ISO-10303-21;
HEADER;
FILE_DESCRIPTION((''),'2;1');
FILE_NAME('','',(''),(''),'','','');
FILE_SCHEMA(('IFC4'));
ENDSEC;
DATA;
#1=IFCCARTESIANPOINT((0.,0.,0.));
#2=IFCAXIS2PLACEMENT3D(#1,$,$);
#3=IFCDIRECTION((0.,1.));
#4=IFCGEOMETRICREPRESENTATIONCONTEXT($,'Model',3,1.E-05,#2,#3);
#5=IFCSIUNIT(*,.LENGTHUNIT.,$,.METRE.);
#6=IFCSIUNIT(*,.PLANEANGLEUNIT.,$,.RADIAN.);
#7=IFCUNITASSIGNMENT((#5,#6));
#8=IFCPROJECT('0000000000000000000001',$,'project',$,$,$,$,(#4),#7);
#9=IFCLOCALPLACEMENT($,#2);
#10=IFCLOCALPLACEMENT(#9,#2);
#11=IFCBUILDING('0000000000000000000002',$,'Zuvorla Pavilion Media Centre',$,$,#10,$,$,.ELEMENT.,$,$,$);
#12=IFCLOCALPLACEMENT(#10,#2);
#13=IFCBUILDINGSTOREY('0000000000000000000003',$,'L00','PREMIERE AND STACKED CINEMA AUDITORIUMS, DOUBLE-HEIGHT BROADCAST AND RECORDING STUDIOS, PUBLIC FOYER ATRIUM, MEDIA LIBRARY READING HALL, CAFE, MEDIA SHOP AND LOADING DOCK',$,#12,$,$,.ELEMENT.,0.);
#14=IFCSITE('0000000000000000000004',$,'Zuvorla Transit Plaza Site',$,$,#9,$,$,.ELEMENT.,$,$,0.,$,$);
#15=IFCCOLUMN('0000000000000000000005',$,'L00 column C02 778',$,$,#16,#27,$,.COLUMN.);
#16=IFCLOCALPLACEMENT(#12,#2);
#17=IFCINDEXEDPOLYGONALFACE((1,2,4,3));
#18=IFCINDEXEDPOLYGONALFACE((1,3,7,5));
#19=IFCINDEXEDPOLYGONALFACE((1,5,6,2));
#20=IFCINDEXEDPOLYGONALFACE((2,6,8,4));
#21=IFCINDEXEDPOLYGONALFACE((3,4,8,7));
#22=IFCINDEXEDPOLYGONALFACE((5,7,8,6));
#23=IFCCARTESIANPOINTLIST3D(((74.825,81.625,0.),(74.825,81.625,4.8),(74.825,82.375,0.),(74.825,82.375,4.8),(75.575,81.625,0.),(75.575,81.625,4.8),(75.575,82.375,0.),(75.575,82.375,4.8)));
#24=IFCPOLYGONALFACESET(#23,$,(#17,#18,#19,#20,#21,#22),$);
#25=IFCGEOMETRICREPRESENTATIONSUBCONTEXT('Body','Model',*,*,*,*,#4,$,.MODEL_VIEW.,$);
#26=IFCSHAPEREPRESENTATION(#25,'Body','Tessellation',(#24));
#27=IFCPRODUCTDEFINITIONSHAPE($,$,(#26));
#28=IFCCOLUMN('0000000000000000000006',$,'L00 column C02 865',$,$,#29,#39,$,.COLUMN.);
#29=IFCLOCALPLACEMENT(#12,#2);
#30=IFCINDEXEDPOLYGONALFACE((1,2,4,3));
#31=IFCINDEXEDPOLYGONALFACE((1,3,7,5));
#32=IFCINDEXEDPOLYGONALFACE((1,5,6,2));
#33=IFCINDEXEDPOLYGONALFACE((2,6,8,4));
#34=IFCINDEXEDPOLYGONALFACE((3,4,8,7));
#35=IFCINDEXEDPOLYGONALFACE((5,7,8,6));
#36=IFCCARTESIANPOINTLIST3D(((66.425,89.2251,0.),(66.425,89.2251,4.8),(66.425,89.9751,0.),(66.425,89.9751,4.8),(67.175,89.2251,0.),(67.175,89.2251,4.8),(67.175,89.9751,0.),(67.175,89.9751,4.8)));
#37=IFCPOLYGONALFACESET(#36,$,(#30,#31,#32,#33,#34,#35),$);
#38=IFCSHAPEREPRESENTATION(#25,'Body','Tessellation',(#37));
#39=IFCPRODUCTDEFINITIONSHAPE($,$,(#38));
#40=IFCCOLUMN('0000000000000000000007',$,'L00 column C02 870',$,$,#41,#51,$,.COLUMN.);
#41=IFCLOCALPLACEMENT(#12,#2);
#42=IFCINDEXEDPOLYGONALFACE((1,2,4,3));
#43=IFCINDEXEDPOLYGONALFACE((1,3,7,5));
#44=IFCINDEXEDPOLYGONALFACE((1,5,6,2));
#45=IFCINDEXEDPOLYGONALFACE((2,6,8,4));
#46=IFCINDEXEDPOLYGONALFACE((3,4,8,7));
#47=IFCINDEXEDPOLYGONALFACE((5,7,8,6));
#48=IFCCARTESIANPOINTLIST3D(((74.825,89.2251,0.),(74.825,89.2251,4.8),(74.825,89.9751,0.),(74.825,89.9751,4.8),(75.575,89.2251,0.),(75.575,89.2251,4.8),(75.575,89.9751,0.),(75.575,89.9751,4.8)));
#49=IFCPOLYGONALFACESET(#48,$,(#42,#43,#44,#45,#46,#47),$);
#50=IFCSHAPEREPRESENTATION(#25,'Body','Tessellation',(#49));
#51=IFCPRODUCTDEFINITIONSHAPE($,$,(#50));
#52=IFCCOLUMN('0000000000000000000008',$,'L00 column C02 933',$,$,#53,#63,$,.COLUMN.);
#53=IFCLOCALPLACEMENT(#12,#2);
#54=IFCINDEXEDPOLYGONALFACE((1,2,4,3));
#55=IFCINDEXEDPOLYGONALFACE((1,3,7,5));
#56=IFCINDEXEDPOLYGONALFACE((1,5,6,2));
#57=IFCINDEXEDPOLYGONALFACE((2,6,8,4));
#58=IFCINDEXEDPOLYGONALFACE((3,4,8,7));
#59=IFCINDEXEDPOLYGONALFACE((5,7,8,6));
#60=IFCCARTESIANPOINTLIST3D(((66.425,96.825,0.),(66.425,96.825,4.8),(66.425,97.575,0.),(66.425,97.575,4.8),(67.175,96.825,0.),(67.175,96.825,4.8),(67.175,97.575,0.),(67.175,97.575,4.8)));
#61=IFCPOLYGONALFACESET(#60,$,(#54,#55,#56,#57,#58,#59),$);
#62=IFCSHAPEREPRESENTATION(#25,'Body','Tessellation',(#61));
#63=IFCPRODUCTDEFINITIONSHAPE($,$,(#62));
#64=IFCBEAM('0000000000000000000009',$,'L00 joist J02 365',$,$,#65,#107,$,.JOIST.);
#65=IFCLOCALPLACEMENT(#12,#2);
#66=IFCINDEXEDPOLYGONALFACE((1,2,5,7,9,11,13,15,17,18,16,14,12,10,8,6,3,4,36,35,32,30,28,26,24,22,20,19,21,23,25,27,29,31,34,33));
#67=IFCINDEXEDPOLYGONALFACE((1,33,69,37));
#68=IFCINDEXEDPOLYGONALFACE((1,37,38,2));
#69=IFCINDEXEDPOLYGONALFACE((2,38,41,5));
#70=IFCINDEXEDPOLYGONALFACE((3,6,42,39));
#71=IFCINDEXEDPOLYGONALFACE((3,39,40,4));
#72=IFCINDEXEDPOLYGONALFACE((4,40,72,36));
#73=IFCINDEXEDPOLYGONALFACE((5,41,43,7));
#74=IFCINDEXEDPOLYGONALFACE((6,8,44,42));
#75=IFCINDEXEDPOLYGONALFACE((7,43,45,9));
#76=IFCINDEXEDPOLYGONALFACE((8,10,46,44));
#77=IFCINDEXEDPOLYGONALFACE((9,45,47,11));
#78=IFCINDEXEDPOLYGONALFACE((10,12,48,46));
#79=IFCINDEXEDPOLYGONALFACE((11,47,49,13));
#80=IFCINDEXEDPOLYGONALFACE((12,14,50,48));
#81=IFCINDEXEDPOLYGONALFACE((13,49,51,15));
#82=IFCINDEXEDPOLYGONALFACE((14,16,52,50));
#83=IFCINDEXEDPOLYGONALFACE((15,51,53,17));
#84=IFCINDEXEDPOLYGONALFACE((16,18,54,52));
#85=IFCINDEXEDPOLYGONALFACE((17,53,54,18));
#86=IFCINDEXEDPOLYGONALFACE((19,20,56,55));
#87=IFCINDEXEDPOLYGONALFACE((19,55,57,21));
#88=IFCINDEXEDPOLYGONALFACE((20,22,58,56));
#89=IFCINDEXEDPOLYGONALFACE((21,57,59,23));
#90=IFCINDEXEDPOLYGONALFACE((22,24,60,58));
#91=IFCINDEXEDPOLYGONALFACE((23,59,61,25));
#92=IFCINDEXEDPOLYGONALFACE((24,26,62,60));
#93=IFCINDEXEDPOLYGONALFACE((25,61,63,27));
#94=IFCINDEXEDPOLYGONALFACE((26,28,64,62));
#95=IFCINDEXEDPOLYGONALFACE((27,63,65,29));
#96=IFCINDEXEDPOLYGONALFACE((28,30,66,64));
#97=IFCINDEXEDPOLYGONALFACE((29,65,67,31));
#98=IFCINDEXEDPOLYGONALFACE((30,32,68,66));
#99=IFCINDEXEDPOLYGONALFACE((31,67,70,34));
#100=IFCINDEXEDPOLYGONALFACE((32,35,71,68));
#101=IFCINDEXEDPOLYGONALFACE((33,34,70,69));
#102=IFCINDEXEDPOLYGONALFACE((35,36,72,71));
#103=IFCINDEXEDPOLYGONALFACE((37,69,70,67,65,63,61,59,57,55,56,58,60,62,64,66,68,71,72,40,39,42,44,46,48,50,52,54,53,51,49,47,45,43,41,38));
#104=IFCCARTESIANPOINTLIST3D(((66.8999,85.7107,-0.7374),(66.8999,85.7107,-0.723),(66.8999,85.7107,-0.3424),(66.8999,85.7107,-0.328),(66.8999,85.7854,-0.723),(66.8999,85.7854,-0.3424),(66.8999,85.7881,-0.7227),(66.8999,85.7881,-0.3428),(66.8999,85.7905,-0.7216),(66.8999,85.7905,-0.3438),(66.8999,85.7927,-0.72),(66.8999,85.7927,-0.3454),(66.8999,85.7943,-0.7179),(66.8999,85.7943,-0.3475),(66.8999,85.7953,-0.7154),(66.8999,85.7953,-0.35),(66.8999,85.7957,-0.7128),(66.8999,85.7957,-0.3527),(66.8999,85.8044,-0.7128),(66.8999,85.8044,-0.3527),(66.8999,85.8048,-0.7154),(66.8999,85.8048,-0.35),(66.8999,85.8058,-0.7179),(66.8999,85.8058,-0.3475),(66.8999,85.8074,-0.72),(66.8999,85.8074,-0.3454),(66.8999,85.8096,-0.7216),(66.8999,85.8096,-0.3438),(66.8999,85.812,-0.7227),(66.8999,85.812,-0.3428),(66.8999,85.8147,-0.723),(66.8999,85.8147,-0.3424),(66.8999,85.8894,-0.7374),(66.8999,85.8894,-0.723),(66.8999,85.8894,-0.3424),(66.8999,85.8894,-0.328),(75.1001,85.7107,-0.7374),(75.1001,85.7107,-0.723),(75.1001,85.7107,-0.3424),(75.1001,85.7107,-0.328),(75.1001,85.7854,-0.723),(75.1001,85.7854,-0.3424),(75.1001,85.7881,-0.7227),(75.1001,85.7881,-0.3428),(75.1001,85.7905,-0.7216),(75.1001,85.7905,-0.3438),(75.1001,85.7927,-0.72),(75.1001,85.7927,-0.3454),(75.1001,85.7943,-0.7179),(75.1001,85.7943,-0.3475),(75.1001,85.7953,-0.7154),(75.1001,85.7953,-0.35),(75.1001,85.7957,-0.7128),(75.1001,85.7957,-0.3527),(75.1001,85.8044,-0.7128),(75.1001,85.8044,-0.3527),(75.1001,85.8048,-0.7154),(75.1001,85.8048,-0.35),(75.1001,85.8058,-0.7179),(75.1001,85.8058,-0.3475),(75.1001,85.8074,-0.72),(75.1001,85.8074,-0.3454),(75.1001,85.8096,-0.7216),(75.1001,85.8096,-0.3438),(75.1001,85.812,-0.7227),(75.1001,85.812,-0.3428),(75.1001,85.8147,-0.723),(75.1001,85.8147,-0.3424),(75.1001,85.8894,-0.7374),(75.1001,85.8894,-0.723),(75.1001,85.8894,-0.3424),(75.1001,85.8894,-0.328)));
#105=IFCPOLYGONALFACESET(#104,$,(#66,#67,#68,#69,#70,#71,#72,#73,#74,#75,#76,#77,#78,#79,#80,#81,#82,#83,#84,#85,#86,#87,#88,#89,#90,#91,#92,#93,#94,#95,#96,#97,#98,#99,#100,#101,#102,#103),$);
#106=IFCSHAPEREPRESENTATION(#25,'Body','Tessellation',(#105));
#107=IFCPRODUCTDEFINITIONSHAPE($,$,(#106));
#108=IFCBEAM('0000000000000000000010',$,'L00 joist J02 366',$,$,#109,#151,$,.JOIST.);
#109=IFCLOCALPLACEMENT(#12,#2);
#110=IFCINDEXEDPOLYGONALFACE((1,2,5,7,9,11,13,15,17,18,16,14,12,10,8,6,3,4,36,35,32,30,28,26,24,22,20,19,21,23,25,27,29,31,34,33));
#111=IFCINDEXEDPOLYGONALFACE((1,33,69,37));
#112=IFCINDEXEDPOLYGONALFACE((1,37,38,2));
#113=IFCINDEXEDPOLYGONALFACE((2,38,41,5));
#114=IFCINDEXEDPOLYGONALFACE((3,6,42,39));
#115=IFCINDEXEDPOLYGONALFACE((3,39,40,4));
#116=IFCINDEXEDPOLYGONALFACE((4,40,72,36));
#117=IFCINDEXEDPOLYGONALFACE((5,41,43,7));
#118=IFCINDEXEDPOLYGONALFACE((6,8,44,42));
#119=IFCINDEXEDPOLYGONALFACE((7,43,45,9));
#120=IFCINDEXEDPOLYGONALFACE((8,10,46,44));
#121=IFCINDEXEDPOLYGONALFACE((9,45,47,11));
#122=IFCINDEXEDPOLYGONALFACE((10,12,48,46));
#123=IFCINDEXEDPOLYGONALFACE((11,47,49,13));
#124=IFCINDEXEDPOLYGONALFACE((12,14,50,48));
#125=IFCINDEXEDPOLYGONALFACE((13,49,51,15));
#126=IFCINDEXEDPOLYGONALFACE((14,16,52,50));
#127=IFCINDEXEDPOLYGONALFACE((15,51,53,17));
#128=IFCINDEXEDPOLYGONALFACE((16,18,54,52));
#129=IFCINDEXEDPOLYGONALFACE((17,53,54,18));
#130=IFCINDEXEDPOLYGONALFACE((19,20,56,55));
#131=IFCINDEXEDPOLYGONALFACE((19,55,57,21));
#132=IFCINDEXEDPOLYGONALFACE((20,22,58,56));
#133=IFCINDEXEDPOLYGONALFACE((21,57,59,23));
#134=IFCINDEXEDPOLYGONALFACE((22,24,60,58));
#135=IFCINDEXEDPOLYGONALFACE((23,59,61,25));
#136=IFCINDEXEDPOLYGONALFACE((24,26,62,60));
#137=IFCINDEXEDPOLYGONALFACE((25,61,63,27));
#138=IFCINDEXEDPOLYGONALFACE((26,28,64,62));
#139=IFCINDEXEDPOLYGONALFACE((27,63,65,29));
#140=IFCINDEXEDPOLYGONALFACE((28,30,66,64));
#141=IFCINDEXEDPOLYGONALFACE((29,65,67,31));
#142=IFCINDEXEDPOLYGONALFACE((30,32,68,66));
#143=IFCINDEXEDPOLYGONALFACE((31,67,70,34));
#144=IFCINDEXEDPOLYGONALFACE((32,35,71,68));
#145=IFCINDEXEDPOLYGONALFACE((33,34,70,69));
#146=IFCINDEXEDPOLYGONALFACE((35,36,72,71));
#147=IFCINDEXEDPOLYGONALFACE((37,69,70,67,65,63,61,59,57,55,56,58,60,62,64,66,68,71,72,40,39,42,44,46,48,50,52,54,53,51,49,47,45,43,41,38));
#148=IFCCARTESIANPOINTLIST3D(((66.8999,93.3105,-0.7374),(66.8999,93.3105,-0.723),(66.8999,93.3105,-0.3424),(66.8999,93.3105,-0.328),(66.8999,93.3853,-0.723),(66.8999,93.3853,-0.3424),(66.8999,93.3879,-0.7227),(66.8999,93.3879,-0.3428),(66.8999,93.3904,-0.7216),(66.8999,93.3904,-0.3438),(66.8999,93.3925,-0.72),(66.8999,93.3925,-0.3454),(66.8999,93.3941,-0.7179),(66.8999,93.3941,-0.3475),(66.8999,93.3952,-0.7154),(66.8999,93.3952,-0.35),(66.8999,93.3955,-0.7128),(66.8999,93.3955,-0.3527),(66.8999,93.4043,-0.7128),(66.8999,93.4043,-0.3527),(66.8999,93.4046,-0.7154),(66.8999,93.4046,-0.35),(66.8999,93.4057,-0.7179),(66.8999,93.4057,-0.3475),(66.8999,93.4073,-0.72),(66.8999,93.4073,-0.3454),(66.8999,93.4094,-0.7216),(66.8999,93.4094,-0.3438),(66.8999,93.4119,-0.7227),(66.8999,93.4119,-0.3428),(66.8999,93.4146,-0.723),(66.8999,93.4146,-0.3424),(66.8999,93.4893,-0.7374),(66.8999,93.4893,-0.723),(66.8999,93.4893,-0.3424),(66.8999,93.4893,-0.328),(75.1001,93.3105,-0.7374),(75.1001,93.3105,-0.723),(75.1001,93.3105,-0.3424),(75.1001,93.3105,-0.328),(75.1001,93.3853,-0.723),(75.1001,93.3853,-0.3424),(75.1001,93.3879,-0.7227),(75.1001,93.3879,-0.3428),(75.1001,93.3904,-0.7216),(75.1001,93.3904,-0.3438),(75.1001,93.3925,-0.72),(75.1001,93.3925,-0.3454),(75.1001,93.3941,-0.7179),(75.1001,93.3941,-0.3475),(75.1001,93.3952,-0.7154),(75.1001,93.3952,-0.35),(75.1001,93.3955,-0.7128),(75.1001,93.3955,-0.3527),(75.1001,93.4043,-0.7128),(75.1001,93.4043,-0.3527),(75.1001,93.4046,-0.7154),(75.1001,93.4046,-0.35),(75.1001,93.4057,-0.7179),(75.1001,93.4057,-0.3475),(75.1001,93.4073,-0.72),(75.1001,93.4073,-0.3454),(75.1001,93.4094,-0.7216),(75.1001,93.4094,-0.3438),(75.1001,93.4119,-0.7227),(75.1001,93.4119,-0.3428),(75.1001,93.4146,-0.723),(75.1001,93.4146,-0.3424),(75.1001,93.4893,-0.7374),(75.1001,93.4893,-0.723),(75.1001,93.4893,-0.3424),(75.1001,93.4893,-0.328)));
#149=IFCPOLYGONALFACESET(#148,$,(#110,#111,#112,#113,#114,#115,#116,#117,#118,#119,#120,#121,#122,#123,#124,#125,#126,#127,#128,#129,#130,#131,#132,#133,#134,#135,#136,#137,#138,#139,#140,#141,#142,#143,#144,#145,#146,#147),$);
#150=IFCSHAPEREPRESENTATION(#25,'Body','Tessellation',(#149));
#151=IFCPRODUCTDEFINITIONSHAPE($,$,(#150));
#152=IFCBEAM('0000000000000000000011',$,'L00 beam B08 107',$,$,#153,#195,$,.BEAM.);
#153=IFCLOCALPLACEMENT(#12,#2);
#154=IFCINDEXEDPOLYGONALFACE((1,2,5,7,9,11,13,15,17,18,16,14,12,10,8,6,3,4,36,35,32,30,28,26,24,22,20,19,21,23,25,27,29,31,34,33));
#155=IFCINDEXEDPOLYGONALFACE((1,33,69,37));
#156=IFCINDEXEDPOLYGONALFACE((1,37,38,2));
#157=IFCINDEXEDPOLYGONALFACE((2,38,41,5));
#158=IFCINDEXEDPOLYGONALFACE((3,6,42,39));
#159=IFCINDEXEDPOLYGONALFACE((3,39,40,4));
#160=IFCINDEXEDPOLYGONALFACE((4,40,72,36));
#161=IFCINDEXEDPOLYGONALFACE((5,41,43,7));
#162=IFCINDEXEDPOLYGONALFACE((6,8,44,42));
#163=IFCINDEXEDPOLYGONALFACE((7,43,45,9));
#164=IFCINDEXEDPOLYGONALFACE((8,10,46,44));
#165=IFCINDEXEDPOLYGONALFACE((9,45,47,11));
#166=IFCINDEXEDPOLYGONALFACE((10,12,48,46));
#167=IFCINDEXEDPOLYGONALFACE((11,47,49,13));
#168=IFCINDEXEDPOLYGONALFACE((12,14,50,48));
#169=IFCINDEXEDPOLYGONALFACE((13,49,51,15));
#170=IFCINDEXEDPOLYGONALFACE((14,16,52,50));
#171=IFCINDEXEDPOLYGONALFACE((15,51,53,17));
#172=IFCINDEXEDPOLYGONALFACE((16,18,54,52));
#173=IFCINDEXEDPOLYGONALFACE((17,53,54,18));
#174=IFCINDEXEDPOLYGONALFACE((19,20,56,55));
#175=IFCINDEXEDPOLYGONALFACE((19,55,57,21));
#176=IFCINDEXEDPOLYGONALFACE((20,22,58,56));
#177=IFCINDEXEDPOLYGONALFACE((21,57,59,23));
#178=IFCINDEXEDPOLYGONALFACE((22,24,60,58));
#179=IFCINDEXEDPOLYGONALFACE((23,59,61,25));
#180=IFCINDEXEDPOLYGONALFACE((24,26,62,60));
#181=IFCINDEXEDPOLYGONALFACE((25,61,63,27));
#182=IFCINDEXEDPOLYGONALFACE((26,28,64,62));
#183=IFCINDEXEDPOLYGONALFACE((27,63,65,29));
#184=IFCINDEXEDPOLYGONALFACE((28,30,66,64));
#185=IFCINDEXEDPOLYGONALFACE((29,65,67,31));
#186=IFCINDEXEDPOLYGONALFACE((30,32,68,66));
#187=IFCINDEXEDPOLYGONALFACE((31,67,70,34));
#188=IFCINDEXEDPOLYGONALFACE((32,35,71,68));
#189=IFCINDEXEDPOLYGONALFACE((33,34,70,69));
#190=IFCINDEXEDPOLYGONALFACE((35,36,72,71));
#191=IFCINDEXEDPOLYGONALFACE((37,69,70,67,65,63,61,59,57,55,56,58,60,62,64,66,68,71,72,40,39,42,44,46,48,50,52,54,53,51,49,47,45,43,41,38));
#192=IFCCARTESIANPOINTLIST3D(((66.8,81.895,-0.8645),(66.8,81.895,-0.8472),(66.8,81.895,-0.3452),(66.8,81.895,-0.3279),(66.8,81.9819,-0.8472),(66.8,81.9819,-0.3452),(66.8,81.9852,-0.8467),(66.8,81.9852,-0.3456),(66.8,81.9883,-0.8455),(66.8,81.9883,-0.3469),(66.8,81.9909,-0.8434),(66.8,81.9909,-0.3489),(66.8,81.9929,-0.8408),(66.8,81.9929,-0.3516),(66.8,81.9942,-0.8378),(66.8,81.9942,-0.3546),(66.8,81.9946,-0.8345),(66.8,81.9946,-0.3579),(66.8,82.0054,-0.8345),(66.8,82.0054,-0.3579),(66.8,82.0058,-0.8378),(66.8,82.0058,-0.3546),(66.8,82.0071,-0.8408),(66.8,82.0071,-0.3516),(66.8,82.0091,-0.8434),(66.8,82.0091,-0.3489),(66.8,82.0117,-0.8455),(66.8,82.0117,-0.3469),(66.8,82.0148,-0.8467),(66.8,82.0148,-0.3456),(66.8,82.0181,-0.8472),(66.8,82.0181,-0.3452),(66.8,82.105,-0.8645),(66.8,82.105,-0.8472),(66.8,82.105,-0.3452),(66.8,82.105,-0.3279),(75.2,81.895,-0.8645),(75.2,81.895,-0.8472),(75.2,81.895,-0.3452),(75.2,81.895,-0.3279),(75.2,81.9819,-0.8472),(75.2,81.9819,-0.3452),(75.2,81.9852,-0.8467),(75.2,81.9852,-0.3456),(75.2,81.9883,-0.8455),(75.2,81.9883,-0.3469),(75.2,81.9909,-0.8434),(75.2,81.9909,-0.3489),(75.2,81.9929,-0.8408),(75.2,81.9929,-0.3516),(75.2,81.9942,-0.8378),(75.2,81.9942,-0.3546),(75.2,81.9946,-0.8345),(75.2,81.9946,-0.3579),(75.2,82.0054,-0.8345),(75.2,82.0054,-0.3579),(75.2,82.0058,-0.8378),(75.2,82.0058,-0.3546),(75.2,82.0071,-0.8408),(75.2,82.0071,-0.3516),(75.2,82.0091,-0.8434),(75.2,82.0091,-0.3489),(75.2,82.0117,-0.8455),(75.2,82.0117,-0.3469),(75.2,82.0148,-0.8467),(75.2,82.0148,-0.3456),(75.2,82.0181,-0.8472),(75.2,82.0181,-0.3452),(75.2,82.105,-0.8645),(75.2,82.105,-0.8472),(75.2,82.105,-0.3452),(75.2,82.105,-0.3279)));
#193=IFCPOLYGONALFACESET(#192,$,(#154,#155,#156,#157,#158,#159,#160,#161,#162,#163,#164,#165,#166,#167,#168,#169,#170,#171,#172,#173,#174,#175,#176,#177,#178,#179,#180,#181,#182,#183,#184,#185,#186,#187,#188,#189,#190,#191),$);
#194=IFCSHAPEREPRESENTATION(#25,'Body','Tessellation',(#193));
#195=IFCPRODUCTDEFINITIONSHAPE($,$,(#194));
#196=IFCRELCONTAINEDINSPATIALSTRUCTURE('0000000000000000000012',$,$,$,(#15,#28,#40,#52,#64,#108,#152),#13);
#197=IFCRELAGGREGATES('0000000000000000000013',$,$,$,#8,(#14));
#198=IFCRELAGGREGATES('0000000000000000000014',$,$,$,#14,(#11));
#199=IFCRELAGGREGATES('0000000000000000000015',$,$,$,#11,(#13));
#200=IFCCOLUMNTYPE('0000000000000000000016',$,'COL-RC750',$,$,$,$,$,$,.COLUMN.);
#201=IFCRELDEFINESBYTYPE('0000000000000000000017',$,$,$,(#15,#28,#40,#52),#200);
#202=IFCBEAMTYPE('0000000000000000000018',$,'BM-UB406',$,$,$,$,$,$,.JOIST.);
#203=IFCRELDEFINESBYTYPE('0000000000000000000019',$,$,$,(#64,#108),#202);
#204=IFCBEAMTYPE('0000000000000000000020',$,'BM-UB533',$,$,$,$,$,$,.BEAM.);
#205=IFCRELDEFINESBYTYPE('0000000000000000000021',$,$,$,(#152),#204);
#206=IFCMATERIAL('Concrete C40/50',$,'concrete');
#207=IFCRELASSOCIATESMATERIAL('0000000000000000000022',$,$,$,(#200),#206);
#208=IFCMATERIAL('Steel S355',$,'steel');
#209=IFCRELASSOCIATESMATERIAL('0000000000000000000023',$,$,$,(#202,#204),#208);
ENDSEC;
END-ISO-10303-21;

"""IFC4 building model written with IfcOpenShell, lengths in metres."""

from ifc_helpers import new_model, si_unit, direction, frame, origin, origin_2d, place, context, subcontext, project, spatial, rectangle, i_section, extrude, material, material_profile, profile_set, type_object, element, save


model = new_model("IFC4")

# Units and contexts
model_context = context("Model", 3, precision=1e-05, world=origin(), true_north=direction((0.0, 1.0)))
body_context = subcontext(model_context, "Body", "Model", "MODEL_VIEW")
ifc_project = project(units=[si_unit("LENGTHUNIT", "METRE"), si_unit("PLANEANGLEUNIT", "RADIAN")], contexts=[model_context])

# Site, building, storey
site_placement = place(None, origin())
site = spatial("IfcSite", under=ifc_project, at=site_placement, Name="Zuvorla Transit Plaza Site", CompositionType="ELEMENT", RefElevation=0.0)
building_placement = place(site_placement, origin())
building = spatial("IfcBuilding", under=site, at=building_placement, Name="Zuvorla Pavilion Media Centre", CompositionType="ELEMENT")
storey_placement = place(building_placement, origin())
storey = spatial("IfcBuildingStorey", under=building, at=storey_placement, Name="L00", Description="PREMIERE AND STACKED CINEMA AUDITORIUMS, DOUBLE-HEIGHT BROADCAST AND RECORDING STUDIOS, PUBLIC FOYER ATRIUM, MEDIA LIBRARY READING HALL, CAFE, MEDIA SHOP AND LOADING DOCK", CompositionType="ELEMENT", Elevation=0.0)

# Columns
ifc_material_1 = material(Name="Concrete C40/50", Category="concrete")
ifc_material_profile_1 = material_profile(ifc_material_1, rectangle(XDim=0.75, YDim=0.75, at=origin_2d()), Name="RC 750x750")
ifc_profile_set_1 = profile_set([ifc_material_profile_1], Name="Concrete C40/50")
column_type = type_object("IfcColumnType", Name="COL-RC750", PredefinedType="COLUMN", material=ifc_profile_set_1)
for number, where, z_axis, x_axis, name in (
    (1, (75.2, 82.0, 0.0), (0.0, 0.0, 1.0), (1.0, 0.0, 0.0), "L00 column C02 778"),
    (2, (66.8, 89.6001, 0.0), (0.0, 0.0, 1.0), (1.0, 0.0, 0.0), "L00 column C02 865"),
    (3, (75.2, 89.6001, 0.0), (0.0, 0.0, 1.0), (1.0, 0.0, 0.0), "L00 column C02 870"),
    (4, (66.8, 97.2, 0.0), (0.0, 0.0, 1.0), (1.0, 0.0, 0.0), "L00 column C02 933"),
):
    element("IfcColumn", number, at=place(storey_placement, frame(where, z_axis=z_axis, x_axis=x_axis)), inside=storey, type_object=column_type, Name=name, PredefinedType="COLUMN", context=body_context, shape_type="SweptSolid", body=[
        extrude(rectangle(XDim=0.75, YDim=0.75, at=origin_2d()), origin(), (0.0, 0.0, 1.0), 4.8),
    ])

# Beams
ifc_material_2 = material(Name="Steel S355", Category="steel")
ifc_material_profile_2 = material_profile(ifc_material_2, i_section(OverallWidth=0.1787, OverallDepth=0.4094, WebThickness=0.0088, FlangeThickness=0.0144, FilletRadius=0.0103, at=origin_2d()), Name="UB 406x178x67")
ifc_profile_set_2 = profile_set([ifc_material_profile_2], Name="Steel S355")
beam_type_1 = type_object("IfcBeamType", Name="BM-UB406", PredefinedType="JOIST", material=ifc_profile_set_2)
for number, where, z_axis, x_axis, name in (
    (5, (66.8999, 85.8, -0.5327), (1.0, 0.0, 0.0), (0.0, 1.0, 0.0), "L00 joist J02 365"),
    (6, (66.8999, 93.3999, -0.5327), (1.0, 0.0, 0.0), (0.0, 1.0, 0.0), "L00 joist J02 366"),
):
    element("IfcBeam", number, at=place(storey_placement, frame(where, z_axis=z_axis, x_axis=x_axis)), inside=storey, type_object=beam_type_1, Name=name, PredefinedType="JOIST", context=body_context, shape_type="SweptSolid", body=[
        extrude(i_section(OverallWidth=0.1787, OverallDepth=0.4094, WebThickness=0.0088, FlangeThickness=0.0144, FilletRadius=0.0103, at=origin_2d()), origin(), (0.0, 0.0, 1.0), 8.2002),
    ])
ifc_material_profile_3 = material_profile(ifc_material_2, i_section(OverallWidth=0.21, OverallDepth=0.5366, WebThickness=0.0107, FlangeThickness=0.0173, FilletRadius=0.0127, at=origin_2d()), Name="UB 533x210x101")
ifc_profile_set_3 = profile_set([ifc_material_profile_3], Name="Steel S355")
beam_type_2 = type_object("IfcBeamType", Name="BM-UB533", PredefinedType="BEAM", material=ifc_profile_set_3)
for number, where, z_axis, x_axis, name in (
    (7, (66.8, 82.0, -0.5962), (1.0, 0.0, 0.0), (0.0, 1.0, 0.0), "L00 beam B08 107"),
):
    element("IfcBeam", number, at=place(storey_placement, frame(where, z_axis=z_axis, x_axis=x_axis)), inside=storey, type_object=beam_type_2, Name=name, PredefinedType="BEAM", context=body_context, shape_type="SweptSolid", body=[
        extrude(i_section(OverallWidth=0.21, OverallDepth=0.5366, WebThickness=0.0107, FlangeThickness=0.0173, FilletRadius=0.0127, at=origin_2d()), origin(), (0.0, 0.0, 1.0), 8.3999),
    ])

save(model, "model.ifc")
